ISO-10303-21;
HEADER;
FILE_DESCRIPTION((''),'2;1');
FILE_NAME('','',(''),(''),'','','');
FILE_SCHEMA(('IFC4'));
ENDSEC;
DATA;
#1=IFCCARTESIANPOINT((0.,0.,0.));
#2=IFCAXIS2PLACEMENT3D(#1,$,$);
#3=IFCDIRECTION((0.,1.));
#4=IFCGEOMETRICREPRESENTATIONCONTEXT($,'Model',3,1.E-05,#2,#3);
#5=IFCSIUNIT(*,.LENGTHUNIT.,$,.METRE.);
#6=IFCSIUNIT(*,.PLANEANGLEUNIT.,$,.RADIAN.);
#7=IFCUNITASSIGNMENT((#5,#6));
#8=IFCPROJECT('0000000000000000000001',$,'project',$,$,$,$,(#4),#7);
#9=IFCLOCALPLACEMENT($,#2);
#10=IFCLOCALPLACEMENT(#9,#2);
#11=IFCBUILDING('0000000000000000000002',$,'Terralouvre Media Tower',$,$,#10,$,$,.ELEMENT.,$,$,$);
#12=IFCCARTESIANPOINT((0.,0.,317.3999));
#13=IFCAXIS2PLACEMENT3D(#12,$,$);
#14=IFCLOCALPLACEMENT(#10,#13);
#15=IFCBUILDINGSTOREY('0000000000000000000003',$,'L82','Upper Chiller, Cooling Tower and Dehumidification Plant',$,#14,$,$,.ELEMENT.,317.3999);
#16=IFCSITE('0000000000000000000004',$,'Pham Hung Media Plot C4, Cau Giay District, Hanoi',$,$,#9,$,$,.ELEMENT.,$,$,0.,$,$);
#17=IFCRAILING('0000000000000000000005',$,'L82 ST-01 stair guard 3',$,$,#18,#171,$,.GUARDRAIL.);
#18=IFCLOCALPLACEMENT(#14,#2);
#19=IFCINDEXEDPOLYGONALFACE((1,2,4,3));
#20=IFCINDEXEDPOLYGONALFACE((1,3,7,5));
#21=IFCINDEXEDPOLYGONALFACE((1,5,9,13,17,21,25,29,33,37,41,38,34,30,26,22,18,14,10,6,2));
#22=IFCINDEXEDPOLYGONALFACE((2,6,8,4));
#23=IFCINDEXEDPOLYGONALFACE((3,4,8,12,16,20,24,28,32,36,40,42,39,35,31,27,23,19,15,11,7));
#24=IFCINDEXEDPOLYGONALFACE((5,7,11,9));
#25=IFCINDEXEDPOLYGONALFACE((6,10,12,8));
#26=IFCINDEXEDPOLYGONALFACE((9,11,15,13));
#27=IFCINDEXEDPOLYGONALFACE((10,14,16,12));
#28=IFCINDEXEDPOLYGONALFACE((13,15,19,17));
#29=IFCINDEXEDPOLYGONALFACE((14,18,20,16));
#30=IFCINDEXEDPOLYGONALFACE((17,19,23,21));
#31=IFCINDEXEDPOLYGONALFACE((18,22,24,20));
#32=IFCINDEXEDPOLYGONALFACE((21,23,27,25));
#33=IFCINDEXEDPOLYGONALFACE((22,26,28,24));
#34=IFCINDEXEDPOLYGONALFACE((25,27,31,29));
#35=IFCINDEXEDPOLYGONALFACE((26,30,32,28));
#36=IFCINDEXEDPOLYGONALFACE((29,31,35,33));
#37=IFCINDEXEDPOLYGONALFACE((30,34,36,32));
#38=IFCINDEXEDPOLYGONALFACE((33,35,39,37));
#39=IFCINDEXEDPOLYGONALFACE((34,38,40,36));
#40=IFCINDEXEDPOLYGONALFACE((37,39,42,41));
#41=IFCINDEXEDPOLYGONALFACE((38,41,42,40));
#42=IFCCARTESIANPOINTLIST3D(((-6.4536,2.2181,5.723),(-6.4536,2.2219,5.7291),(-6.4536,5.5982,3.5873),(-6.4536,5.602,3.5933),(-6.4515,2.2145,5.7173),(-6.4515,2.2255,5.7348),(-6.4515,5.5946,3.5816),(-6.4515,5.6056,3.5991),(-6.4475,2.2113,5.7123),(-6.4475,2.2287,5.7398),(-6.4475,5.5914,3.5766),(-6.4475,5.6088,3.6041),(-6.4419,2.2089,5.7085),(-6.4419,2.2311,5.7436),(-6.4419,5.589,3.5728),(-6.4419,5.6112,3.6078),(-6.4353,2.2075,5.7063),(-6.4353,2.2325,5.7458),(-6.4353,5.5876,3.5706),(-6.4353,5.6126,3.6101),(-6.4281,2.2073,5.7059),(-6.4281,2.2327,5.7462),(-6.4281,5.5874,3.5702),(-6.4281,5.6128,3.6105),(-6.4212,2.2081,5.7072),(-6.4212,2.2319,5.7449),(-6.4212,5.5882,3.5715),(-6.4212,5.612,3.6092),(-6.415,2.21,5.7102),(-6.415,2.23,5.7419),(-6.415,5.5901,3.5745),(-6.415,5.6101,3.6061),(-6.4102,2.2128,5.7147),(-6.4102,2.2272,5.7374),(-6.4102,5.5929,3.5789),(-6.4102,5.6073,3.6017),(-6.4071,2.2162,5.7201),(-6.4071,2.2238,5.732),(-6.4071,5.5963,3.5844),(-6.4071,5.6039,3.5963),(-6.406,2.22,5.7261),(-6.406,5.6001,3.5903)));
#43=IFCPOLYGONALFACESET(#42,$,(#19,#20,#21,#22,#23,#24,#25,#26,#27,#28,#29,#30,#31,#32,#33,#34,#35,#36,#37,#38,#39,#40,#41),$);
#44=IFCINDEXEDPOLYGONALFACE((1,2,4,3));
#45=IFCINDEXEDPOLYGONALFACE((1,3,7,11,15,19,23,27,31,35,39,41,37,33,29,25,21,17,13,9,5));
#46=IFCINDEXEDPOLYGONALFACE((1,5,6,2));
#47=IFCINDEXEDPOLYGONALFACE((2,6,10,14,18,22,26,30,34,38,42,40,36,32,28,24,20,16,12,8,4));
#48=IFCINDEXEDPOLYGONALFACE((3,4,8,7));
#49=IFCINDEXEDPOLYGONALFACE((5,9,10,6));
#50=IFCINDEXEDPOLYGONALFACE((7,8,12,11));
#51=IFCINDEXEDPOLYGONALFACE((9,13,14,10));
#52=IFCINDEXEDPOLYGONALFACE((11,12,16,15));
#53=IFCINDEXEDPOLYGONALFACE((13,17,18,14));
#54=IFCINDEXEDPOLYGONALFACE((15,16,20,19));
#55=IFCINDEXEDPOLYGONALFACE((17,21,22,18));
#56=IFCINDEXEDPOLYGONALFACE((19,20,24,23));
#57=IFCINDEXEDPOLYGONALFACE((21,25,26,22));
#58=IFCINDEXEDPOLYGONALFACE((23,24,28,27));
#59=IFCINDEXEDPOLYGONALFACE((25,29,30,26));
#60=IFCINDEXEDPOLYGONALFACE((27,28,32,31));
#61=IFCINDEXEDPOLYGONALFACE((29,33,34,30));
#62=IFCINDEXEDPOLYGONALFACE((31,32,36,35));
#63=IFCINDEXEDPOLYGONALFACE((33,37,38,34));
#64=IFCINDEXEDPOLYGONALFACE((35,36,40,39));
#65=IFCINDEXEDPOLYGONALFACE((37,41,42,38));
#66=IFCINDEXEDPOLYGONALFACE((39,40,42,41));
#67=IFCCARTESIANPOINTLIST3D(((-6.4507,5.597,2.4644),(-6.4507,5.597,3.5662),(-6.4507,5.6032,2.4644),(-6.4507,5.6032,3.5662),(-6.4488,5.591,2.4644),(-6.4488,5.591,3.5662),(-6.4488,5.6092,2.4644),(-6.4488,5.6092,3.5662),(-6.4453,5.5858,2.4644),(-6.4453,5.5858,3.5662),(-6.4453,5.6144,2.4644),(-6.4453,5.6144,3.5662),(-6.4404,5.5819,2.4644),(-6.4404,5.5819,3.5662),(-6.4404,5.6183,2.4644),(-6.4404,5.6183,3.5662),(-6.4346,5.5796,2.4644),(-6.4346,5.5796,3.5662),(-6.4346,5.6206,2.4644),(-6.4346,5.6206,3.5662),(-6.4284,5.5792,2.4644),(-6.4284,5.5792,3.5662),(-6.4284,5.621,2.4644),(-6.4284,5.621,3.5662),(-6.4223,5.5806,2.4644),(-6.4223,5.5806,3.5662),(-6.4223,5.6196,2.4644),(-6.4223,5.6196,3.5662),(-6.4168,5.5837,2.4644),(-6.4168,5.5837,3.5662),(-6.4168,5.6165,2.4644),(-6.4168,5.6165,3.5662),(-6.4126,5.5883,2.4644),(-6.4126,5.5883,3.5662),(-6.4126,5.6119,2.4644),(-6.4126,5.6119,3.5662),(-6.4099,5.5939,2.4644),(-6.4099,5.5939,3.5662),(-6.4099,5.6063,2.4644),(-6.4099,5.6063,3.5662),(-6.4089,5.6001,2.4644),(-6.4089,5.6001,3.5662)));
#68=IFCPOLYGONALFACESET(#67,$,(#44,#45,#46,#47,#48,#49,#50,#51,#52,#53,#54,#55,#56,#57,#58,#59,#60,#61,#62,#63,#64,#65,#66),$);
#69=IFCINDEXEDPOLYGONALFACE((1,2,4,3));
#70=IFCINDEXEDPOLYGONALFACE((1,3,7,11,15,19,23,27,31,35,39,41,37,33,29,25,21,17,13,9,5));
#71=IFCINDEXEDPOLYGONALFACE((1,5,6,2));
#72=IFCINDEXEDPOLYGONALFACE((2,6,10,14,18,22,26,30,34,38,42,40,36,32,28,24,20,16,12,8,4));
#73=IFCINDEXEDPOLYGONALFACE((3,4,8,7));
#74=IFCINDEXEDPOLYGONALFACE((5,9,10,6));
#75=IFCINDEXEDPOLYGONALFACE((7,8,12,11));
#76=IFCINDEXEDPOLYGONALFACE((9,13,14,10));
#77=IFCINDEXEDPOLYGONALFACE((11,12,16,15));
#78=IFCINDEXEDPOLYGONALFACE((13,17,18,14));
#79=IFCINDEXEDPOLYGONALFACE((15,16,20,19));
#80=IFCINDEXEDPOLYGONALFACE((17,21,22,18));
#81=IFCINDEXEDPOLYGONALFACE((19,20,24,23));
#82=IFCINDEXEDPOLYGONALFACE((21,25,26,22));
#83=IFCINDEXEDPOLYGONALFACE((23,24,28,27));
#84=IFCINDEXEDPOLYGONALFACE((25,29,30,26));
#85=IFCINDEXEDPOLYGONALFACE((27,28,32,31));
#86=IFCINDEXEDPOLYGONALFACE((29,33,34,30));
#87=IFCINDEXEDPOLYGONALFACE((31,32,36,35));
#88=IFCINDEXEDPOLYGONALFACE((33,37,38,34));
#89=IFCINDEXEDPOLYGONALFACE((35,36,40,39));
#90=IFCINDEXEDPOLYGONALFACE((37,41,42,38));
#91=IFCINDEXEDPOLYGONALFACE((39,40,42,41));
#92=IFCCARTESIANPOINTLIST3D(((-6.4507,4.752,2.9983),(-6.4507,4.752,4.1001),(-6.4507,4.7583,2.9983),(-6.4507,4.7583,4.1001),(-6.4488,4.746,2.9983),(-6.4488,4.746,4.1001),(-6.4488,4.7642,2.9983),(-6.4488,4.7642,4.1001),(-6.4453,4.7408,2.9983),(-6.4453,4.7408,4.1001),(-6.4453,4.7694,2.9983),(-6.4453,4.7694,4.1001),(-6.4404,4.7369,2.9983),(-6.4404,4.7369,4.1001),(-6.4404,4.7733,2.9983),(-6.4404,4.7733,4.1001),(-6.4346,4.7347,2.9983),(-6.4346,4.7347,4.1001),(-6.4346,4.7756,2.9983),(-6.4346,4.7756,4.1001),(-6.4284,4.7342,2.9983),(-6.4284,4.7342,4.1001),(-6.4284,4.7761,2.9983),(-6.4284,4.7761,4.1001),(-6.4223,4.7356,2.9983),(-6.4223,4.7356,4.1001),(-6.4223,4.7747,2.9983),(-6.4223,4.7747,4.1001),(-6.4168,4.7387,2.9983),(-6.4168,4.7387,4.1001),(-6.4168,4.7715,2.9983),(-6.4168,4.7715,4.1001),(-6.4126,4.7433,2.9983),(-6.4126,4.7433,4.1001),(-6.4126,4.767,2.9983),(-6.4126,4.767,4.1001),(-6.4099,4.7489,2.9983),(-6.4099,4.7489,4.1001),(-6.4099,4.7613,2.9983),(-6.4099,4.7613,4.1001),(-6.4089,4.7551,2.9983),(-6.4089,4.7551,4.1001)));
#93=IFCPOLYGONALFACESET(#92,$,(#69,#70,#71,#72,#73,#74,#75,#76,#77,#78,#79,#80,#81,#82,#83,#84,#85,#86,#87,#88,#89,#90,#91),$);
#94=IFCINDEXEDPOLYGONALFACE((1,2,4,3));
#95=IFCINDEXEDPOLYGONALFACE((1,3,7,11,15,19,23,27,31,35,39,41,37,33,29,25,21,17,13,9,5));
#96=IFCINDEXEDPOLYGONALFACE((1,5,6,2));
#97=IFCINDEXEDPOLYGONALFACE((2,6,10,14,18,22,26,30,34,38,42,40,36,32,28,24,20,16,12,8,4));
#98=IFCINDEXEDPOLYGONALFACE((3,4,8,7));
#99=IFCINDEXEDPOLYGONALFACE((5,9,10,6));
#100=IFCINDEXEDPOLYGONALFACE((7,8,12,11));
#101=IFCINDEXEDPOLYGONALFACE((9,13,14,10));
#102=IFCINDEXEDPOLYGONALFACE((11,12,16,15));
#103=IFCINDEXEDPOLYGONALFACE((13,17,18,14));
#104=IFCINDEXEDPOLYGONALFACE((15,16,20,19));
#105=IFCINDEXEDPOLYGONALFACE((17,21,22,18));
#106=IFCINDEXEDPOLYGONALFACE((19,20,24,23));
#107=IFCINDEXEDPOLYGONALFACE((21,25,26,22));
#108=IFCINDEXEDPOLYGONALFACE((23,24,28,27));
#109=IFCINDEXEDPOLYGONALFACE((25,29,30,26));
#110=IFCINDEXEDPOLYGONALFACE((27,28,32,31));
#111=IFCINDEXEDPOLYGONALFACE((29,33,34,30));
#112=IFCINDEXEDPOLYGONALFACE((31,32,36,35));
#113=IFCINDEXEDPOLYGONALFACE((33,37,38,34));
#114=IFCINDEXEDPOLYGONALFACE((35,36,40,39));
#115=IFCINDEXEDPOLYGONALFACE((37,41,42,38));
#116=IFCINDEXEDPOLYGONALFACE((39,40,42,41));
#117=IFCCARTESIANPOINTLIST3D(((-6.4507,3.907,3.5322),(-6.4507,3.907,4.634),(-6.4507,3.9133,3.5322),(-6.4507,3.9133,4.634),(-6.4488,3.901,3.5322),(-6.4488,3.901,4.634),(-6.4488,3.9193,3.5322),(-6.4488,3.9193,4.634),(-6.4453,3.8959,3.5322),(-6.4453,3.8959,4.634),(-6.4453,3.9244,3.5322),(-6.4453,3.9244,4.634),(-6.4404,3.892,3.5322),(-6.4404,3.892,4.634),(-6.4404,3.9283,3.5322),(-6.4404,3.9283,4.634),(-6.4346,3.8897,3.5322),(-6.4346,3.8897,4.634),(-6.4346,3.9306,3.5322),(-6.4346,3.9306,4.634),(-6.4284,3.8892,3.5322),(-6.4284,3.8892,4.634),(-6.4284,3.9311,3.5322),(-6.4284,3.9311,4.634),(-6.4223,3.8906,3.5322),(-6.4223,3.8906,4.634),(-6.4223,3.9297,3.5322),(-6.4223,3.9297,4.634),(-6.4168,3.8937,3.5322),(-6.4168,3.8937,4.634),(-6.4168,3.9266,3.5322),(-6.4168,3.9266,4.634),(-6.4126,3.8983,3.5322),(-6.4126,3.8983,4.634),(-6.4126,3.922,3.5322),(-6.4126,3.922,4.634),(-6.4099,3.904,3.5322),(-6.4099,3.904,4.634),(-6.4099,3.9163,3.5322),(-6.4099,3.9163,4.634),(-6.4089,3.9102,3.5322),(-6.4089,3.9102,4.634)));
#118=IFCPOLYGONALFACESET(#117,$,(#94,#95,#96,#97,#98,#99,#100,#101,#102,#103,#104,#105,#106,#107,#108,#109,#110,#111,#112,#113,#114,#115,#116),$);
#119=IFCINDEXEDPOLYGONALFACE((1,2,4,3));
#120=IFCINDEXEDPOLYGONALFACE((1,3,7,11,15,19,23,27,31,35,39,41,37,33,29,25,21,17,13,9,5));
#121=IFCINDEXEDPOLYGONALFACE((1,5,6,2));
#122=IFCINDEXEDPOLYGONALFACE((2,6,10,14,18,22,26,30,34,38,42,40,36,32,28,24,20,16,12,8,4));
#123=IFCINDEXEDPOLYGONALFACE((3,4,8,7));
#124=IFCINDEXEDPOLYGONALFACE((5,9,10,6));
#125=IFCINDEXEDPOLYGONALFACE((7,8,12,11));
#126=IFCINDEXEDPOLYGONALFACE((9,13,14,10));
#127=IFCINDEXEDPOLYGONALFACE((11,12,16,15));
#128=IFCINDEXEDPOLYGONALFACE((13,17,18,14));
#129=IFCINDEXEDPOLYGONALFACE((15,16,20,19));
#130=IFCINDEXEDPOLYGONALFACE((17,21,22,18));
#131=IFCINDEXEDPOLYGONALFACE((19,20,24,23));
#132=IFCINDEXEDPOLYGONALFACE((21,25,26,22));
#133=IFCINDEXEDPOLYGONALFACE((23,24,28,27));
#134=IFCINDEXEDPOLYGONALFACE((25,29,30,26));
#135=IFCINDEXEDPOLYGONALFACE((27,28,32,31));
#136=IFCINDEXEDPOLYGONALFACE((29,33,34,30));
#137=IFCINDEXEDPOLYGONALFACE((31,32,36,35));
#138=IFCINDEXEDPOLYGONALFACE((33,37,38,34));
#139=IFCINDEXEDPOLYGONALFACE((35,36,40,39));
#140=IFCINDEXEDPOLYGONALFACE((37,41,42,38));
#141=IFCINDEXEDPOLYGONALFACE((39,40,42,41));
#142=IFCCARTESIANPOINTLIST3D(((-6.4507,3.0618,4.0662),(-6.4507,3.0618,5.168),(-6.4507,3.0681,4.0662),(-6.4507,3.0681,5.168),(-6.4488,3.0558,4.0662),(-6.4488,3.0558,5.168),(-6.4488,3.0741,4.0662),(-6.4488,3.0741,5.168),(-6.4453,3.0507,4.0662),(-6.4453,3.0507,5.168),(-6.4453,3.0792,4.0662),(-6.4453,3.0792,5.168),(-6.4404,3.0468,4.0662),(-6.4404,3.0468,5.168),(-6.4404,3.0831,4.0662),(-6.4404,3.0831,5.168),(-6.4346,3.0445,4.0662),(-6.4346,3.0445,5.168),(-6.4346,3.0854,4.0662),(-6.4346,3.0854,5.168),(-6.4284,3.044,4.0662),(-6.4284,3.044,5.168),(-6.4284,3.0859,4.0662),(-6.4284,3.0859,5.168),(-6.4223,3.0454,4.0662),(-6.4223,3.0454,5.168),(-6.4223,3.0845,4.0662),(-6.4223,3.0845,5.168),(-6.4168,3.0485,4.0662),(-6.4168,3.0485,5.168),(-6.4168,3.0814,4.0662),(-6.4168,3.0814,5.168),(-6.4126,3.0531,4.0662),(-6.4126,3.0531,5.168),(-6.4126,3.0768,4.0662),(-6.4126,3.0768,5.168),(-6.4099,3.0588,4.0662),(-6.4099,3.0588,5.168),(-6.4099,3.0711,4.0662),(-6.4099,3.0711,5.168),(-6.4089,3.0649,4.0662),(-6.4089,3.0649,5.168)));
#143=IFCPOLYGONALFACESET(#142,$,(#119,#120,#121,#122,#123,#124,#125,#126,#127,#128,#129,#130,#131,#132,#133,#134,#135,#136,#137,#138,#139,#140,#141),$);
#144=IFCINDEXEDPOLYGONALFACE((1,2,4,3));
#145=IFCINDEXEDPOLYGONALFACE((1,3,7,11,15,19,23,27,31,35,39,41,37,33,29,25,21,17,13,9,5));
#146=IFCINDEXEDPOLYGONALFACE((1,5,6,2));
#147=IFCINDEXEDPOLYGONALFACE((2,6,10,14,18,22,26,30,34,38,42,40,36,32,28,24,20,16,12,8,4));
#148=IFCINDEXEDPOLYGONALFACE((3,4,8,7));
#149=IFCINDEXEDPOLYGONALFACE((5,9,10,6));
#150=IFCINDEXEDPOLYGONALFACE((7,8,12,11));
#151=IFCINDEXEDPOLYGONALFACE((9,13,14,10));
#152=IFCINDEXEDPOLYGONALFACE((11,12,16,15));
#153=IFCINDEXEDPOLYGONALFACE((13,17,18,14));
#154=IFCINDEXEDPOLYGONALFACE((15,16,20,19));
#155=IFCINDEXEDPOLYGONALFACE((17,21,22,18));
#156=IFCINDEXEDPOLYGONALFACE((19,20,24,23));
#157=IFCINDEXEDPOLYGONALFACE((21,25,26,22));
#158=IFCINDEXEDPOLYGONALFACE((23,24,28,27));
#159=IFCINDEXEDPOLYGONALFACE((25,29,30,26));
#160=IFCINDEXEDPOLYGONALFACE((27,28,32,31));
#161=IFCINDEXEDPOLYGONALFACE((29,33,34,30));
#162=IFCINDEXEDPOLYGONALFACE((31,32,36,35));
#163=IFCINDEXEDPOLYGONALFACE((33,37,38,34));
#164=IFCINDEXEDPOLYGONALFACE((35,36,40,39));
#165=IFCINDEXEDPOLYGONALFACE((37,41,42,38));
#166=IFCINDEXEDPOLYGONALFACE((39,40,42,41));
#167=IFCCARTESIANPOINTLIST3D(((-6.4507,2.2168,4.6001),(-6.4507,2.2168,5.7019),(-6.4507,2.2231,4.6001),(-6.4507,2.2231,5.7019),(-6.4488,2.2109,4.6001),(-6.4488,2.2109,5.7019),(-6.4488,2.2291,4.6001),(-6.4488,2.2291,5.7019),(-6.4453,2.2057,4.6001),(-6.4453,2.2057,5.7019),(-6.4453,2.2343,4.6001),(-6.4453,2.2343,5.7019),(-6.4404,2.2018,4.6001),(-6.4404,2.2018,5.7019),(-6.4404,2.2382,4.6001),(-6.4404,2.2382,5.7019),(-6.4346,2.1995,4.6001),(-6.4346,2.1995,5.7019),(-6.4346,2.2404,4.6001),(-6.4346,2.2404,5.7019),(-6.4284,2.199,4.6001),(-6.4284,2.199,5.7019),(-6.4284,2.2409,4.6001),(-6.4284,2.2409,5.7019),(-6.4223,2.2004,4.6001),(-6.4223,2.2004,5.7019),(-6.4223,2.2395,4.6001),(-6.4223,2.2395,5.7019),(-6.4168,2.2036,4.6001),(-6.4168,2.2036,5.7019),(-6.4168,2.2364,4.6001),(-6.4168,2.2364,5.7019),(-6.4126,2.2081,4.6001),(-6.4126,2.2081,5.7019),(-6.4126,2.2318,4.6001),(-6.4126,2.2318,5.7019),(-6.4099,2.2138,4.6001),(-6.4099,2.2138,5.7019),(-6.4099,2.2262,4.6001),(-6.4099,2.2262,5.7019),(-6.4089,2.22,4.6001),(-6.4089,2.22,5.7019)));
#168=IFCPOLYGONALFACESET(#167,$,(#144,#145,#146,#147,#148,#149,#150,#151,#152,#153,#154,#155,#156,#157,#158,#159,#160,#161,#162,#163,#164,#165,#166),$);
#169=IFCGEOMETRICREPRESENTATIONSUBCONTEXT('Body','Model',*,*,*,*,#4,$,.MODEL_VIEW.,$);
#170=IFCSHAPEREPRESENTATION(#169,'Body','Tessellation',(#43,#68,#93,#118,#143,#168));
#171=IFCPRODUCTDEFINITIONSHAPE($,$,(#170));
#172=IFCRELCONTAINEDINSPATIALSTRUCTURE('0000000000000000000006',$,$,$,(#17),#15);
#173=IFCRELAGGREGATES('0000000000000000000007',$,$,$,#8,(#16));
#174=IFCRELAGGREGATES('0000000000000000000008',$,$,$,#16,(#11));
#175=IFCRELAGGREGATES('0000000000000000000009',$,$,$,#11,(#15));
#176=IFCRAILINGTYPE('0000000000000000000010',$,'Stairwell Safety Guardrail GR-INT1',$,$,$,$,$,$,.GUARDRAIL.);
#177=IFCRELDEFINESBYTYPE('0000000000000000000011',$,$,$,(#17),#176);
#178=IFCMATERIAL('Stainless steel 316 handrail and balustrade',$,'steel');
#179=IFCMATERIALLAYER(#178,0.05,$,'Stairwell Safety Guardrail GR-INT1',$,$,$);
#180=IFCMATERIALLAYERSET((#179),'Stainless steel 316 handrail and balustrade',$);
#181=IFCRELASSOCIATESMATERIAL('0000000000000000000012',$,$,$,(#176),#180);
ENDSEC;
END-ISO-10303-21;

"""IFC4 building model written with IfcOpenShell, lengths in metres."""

from ifc_helpers import new_model, si_unit, direction, frame, origin, origin_2d, place, context, subcontext, project, spatial, circle, extrude, material, layer, layer_set, type_object, element, save


model = new_model("IFC4")

# Units and contexts
model_context = context("Model", 3, precision=1e-05, world=origin(), true_north=direction((0.0, 1.0)))
body_context = subcontext(model_context, "Body", "Model", "MODEL_VIEW")
ifc_project = project(units=[si_unit("LENGTHUNIT", "METRE"), si_unit("PLANEANGLEUNIT", "RADIAN")], contexts=[model_context])

# Site, building, storey
site_placement = place(None, origin())
site = spatial("IfcSite", under=ifc_project, at=site_placement, Name="Pham Hung Media Plot C4, Cau Giay District, Hanoi", CompositionType="ELEMENT", RefElevation=0.0)
building_placement = place(site_placement, origin())
building = spatial("IfcBuilding", under=site, at=building_placement, Name="Terralouvre Media Tower", CompositionType="ELEMENT")
storey_placement = place(building_placement, frame((0.0, 0.0, 317.3999)))
storey = spatial("IfcBuildingStorey", under=building, at=storey_placement, Name="L82", Description="Upper Chiller, Cooling Tower and Dehumidification Plant", CompositionType="ELEMENT", Elevation=317.3999)

# Railing
ifc_material_1 = material(Name="Stainless steel 316 handrail and balustrade", Category="steel")
ifc_layer_1 = layer(ifc_material_1, 0.05, Name="Stairwell Safety Guardrail GR-INT1")
ifc_layer_set_1 = layer_set([ifc_layer_1], Name="Stainless steel 316 handrail and balustrade")
railing_type_1 = type_object("IfcRailingType", Name="Stairwell Safety Guardrail GR-INT1", PredefinedType="GUARDRAIL", material=ifc_layer_set_1)
railing_1_placement = place(storey_placement, frame((-6.4299, 5.6001, 2.4644)))
element("IfcRailing", 1, at=railing_1_placement, inside=storey, type_object=railing_type_1, Name="L82 ST-01 stair guard 3", PredefinedType="GUARDRAIL", context=body_context, shape_type="SweptSolid", body=[
    extrude(circle(Radius=0.0239, at=origin_2d()), frame((0.0, 0.0, 1.126), z_axis=(0.0, -0.845384, 0.534158), x_axis=(1.0, 0.0, 0.0)), (0.0, 0.0, 1.0), 3.9983),
    extrude(circle(Radius=0.021, at=origin_2d()), origin(), (0.0, 0.0, 1.0), 1.1018),
    extrude(circle(Radius=0.021, at=origin_2d()), frame((0.0, -0.845, 0.5339)), (0.0, 0.0, 1.0), 1.1018),
    extrude(circle(Radius=0.021, at=origin_2d()), frame((0.0, -1.6899, 1.0679)), (0.0, 0.0, 1.0), 1.1018),
    extrude(circle(Radius=0.021, at=origin_2d()), frame((0.0, -2.5352, 1.6018)), (0.0, 0.0, 1.0), 1.1018),
    extrude(circle(Radius=0.021, at=origin_2d()), frame((0.0, -3.3801, 2.1357)), (0.0, 0.0, 1.0), 1.1018),
])

save(model, "model.ifc")
